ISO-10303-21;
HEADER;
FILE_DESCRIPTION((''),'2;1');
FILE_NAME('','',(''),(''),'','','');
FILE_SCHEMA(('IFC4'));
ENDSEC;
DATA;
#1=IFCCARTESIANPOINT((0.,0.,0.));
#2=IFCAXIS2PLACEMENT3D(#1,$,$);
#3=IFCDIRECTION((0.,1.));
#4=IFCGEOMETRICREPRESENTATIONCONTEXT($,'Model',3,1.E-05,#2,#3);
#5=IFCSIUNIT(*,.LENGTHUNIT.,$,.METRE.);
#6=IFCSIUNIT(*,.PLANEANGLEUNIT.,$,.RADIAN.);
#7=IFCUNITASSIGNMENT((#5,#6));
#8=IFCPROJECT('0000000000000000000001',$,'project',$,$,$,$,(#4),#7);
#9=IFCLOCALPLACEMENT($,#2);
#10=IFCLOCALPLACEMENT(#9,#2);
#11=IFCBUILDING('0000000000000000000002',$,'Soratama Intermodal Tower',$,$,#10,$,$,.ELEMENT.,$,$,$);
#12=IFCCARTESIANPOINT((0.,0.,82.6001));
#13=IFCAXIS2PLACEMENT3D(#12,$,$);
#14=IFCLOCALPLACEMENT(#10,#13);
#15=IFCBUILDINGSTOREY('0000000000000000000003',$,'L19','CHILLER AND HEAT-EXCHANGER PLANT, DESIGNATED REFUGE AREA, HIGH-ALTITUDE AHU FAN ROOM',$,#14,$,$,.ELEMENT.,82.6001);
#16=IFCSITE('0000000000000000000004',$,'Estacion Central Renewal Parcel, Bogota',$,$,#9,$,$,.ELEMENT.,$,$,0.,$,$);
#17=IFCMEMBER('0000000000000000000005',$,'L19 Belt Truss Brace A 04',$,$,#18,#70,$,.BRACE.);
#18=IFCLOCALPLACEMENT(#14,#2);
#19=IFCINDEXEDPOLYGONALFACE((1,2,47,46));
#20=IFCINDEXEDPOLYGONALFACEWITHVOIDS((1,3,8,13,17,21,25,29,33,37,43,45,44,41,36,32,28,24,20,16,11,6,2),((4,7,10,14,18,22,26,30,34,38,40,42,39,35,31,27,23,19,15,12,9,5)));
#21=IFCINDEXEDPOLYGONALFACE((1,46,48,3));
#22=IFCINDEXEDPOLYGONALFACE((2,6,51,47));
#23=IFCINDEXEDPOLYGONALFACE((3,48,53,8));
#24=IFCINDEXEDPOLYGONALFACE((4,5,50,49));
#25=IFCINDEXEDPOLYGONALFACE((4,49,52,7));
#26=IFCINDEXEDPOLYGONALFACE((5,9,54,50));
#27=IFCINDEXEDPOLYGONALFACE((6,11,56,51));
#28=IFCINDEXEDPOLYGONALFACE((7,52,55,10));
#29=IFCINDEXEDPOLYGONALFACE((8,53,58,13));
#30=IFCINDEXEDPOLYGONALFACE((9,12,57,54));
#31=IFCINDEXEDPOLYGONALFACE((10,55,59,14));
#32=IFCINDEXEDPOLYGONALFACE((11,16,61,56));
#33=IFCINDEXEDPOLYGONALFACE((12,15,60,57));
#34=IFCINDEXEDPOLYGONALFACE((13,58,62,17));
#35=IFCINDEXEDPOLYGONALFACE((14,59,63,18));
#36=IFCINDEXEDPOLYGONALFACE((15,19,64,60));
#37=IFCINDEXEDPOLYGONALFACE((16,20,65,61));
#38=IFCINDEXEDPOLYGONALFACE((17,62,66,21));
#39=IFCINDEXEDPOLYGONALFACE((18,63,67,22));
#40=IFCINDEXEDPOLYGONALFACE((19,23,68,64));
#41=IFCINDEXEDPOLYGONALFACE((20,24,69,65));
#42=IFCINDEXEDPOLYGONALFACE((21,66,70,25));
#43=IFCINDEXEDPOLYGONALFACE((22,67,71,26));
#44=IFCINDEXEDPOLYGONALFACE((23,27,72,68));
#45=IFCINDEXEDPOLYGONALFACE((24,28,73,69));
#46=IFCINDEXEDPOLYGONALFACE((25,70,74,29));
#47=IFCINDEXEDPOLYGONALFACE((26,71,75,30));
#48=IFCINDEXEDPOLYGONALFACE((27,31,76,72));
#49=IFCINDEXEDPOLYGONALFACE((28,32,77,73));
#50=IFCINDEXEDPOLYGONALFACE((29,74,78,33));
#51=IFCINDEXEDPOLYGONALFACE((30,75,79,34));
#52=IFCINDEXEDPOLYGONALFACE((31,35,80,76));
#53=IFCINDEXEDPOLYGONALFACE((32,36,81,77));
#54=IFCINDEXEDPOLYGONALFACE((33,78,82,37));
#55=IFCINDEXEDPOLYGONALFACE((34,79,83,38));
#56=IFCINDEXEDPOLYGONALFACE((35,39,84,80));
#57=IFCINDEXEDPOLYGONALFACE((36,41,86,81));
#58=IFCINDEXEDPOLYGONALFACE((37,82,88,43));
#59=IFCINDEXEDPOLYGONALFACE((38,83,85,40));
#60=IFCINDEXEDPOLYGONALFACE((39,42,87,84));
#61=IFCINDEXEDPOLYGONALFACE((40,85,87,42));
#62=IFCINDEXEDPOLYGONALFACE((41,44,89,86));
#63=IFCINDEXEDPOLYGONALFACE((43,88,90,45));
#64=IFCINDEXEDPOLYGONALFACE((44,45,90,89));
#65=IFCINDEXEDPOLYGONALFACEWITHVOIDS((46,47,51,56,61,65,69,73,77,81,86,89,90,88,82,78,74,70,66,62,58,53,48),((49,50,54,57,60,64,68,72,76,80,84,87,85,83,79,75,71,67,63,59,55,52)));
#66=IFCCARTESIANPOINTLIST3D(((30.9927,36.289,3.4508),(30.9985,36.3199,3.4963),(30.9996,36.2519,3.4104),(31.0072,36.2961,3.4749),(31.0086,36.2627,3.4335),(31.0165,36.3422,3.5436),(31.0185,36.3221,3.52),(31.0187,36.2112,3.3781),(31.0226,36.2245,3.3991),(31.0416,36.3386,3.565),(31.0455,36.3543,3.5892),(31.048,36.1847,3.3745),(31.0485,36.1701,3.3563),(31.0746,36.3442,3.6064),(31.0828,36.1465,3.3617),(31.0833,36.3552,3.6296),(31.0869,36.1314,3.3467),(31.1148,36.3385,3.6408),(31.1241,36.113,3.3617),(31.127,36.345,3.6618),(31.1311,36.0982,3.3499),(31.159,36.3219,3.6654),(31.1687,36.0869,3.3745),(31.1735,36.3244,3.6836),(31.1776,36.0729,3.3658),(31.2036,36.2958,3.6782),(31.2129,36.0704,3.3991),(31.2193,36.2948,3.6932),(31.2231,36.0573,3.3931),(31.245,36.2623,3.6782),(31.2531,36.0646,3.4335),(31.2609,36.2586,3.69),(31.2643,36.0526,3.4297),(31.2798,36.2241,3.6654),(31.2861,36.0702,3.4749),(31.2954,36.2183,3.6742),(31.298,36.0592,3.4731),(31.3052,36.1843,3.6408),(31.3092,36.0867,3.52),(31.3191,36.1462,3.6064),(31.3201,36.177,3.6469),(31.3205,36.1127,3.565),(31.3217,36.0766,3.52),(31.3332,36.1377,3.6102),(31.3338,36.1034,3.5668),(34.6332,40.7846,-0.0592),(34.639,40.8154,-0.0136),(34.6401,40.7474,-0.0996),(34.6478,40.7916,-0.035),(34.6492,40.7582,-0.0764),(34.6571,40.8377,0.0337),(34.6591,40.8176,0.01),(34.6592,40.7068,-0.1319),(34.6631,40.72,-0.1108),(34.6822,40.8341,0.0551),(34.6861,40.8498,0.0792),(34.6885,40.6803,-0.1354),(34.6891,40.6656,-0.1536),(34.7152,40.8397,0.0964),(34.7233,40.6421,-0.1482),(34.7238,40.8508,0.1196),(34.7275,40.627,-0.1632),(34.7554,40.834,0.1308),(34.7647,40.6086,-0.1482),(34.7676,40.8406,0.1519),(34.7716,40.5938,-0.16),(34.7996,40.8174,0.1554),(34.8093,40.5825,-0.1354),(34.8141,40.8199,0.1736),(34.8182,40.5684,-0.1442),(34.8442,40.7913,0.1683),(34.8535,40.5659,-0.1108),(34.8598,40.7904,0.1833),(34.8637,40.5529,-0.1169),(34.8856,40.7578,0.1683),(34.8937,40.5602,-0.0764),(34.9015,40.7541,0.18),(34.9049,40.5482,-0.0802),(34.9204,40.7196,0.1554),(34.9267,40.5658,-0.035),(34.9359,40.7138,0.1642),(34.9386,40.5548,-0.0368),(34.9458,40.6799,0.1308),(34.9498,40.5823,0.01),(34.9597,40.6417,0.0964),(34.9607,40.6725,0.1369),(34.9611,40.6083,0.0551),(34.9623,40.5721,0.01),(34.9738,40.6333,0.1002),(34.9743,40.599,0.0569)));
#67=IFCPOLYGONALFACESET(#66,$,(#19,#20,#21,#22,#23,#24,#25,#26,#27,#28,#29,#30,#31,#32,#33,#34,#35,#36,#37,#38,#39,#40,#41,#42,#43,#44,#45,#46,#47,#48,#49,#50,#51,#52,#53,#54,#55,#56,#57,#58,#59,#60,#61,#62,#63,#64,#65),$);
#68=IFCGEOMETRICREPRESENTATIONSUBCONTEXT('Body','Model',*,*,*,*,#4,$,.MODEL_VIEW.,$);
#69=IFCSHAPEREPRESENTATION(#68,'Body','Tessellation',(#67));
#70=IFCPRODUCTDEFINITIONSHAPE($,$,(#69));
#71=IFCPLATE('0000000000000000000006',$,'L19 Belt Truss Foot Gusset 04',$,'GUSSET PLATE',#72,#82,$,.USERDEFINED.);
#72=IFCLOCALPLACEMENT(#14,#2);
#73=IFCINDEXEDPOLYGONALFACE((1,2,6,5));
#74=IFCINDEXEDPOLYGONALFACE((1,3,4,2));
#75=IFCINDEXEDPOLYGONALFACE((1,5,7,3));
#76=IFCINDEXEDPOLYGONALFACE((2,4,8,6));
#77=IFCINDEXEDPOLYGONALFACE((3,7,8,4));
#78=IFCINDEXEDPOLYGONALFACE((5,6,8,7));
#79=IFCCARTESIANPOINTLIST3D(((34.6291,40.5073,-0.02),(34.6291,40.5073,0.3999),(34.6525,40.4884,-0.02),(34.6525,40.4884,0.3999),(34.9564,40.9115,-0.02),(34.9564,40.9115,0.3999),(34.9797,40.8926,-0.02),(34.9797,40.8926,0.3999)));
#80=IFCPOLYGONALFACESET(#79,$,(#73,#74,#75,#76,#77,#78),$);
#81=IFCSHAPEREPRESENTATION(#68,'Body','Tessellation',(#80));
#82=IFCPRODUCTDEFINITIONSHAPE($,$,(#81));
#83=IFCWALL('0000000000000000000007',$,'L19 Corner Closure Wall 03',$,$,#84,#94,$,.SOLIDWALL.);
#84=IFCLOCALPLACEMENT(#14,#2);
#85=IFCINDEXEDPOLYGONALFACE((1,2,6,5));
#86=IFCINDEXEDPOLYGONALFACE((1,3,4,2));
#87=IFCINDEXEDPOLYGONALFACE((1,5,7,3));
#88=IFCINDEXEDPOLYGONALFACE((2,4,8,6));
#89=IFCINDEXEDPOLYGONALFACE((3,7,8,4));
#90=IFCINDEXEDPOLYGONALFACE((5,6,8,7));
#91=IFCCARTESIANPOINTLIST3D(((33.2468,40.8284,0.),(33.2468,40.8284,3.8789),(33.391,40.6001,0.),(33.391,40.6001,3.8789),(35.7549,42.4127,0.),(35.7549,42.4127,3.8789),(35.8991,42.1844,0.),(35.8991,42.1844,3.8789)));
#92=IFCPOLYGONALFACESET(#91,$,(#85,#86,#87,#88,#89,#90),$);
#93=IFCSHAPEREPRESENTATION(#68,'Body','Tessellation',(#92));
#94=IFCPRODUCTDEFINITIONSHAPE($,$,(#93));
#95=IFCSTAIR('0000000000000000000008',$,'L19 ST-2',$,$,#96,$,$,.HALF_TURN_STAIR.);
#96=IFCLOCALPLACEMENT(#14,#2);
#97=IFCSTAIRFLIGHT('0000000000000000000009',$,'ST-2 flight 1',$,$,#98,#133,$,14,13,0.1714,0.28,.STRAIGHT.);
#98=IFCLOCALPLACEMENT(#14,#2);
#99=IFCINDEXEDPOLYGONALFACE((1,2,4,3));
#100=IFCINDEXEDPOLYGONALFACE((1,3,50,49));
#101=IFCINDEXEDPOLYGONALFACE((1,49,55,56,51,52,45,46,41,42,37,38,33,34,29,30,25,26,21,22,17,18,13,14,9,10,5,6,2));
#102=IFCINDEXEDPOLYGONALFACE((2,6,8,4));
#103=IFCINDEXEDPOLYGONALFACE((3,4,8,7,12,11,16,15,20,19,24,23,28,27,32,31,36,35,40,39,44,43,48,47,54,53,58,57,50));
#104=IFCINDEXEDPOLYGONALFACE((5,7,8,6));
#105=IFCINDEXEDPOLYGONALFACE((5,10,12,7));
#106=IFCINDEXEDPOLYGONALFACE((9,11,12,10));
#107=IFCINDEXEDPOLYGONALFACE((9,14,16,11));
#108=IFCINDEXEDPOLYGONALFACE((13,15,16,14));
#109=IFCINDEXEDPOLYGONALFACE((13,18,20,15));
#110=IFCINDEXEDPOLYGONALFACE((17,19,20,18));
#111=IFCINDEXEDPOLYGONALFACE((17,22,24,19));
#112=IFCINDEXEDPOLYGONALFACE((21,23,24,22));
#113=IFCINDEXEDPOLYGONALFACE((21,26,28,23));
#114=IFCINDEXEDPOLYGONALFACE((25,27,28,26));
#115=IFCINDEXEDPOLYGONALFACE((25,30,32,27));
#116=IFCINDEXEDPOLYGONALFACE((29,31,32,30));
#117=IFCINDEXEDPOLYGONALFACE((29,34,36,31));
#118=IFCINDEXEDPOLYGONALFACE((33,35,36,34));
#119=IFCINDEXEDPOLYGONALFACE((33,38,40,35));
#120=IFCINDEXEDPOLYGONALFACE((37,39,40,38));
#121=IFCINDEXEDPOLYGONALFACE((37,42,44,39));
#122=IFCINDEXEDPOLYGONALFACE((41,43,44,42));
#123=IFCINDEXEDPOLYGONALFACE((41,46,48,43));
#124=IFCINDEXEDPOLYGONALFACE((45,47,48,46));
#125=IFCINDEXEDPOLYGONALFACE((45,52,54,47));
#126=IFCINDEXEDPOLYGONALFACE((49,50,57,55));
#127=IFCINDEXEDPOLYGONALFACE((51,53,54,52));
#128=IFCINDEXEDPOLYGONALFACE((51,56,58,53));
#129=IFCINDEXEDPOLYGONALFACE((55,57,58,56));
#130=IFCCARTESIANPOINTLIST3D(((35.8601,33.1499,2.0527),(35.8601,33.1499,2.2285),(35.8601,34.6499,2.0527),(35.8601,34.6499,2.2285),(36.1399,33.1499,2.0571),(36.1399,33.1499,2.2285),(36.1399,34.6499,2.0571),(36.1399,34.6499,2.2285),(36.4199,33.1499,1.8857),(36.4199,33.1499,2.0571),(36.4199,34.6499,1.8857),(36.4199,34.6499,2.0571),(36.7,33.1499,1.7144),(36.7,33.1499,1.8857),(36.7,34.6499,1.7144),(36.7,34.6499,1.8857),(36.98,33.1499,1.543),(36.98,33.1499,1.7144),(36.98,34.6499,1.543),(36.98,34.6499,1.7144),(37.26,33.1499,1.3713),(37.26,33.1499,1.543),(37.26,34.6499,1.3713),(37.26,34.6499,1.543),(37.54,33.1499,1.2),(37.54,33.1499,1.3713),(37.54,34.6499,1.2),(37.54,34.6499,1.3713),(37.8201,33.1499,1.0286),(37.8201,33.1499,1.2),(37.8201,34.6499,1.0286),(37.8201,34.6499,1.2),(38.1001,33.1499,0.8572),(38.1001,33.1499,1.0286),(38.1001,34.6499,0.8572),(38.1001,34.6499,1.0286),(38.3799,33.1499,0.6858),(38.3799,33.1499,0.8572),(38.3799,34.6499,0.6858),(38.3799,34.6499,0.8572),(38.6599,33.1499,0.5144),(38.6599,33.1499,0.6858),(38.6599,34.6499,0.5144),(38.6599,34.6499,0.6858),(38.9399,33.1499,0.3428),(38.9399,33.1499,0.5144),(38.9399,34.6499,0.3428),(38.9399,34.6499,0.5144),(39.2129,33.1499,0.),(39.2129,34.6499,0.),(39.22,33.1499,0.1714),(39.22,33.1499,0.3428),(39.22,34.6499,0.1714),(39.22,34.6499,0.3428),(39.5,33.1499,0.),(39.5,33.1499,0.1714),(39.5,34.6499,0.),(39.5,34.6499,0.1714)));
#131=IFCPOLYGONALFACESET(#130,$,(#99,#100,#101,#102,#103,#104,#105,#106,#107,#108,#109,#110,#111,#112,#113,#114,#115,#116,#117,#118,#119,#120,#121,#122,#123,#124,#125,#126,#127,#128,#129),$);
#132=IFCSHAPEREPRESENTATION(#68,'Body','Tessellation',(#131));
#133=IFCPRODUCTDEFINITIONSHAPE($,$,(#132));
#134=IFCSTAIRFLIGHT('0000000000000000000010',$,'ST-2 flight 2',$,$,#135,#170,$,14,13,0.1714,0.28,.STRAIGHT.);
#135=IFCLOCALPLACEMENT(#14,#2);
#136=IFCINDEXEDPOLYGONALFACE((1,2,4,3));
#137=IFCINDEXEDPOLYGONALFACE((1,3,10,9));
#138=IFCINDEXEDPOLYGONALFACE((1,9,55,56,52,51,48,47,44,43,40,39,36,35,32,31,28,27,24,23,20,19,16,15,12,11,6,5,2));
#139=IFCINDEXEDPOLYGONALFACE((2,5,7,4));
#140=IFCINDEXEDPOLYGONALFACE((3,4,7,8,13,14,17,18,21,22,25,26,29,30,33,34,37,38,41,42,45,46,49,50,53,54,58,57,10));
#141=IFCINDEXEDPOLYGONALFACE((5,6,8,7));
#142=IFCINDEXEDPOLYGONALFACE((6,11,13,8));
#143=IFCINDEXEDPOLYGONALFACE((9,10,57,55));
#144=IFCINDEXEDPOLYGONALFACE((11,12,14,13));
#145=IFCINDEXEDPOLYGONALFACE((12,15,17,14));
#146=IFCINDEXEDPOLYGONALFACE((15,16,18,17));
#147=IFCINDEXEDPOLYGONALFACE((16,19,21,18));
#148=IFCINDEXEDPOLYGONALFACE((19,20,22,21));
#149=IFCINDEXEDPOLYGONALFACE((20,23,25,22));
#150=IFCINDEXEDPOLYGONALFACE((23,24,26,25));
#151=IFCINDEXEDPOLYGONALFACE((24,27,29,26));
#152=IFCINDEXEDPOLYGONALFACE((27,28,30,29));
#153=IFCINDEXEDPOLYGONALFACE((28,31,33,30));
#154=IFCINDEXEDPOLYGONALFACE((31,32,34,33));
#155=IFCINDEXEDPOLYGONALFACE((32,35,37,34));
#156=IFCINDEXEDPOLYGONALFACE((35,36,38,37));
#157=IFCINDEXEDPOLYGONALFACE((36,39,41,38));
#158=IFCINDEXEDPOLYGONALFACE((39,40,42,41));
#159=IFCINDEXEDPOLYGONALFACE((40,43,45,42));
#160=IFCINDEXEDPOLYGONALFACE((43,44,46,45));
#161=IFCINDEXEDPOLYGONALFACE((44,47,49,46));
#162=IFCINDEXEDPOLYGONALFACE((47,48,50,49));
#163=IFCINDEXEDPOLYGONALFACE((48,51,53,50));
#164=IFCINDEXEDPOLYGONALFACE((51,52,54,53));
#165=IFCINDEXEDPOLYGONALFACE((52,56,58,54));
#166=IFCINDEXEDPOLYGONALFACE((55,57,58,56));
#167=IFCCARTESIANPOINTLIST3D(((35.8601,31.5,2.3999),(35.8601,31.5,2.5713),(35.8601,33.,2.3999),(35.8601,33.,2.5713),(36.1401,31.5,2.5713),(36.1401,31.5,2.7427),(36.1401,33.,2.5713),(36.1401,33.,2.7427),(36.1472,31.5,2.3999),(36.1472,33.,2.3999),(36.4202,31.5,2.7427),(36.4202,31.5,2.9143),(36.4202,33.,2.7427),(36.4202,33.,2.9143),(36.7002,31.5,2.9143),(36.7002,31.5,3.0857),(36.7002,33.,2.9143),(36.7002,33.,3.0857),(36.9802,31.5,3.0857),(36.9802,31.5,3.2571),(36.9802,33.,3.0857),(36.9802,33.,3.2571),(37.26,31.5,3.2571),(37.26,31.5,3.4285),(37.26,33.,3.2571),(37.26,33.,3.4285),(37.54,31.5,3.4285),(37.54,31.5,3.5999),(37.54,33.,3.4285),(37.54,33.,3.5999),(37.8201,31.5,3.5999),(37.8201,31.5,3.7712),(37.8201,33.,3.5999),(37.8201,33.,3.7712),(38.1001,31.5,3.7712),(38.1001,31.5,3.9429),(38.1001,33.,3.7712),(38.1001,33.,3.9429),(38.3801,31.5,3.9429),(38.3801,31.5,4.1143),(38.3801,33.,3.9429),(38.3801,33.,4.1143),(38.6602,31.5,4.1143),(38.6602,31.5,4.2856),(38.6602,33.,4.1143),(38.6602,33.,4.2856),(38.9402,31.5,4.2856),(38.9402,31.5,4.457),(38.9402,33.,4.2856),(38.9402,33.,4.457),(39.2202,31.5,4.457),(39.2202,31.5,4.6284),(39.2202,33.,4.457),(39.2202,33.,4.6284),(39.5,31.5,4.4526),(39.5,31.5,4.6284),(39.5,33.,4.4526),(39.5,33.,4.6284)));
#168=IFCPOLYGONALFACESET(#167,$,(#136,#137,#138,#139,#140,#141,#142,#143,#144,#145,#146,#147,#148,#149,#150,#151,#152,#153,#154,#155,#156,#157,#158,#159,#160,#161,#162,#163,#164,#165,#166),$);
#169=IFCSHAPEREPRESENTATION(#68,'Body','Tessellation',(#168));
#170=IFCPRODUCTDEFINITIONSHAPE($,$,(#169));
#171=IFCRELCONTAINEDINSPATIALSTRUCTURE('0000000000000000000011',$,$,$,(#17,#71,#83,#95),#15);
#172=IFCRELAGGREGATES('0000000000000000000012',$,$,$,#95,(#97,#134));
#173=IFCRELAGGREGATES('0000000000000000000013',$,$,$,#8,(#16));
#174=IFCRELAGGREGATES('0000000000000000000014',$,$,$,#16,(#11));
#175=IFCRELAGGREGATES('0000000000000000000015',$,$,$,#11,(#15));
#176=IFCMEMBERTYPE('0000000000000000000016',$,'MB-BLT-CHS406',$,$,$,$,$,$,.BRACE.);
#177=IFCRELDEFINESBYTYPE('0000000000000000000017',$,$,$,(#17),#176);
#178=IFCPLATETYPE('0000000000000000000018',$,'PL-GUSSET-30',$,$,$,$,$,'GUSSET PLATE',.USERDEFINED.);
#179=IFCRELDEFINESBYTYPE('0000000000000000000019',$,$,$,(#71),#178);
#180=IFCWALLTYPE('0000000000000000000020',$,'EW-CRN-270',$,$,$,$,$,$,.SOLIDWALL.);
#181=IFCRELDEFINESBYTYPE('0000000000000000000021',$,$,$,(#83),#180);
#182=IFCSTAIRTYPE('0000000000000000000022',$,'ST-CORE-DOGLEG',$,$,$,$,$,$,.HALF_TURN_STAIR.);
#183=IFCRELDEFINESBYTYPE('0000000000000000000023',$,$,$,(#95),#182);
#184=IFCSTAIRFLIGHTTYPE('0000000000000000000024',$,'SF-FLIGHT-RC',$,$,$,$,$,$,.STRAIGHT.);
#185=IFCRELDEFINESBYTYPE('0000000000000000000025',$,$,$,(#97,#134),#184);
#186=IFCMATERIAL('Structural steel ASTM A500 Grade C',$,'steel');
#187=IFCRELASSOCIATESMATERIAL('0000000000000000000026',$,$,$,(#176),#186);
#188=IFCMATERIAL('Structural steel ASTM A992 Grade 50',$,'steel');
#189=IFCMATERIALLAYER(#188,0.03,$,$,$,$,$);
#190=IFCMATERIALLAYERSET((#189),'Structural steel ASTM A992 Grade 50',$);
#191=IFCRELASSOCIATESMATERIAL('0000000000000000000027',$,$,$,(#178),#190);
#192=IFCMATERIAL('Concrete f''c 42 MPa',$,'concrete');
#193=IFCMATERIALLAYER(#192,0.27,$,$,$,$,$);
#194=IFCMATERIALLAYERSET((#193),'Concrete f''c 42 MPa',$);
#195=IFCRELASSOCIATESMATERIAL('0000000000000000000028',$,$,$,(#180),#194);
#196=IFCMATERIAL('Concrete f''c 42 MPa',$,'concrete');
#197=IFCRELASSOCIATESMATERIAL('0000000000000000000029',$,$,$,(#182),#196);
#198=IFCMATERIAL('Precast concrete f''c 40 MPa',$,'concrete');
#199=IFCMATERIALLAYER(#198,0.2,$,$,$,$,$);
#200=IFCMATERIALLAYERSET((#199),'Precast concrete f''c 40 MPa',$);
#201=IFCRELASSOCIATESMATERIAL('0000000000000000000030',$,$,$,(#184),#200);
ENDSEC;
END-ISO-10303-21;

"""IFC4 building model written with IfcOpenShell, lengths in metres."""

from ifc_helpers import new_model, si_unit, direction, frame, frame_2d, origin, origin_2d, place, context, subcontext, project, spatial, polyline, rectangle, hollow_circle, outline, extrude, material, layer, layer_set, material_profile, profile_set, type_object, element, aggregate, save


model = new_model("IFC4")

# Units and contexts
model_context = context("Model", 3, precision=1e-05, world=origin(), true_north=direction((0.0, 1.0)))
body_context = subcontext(model_context, "Body", "Model", "MODEL_VIEW")
ifc_project = project(units=[si_unit("LENGTHUNIT", "METRE"), si_unit("PLANEANGLEUNIT", "RADIAN")], contexts=[model_context])

# Site, building, storey
site_placement = place(None, origin())
site = spatial("IfcSite", under=ifc_project, at=site_placement, Name="Estacion Central Renewal Parcel, Bogota", CompositionType="ELEMENT", RefElevation=0.0)
building_placement = place(site_placement, origin())
building = spatial("IfcBuilding", under=site, at=building_placement, Name="Soratama Intermodal Tower", CompositionType="ELEMENT")
storey_placement = place(building_placement, frame((0.0, 0.0, 82.6001)))
storey = spatial("IfcBuildingStorey", under=building, at=storey_placement, Name="L19", Description="CHILLER AND HEAT-EXCHANGER PLANT, DESIGNATED REFUGE AREA, HIGH-ALTITUDE AHU FAN ROOM", CompositionType="ELEMENT", Elevation=82.6001)

# Member
ifc_material_1 = material(Name="Structural steel ASTM A500 Grade C", Category="steel")
ifc_material_profile_1 = material_profile(ifc_material_1, hollow_circle(Radius=0.2031, WallThickness=0.0161, at=origin_2d()), Name="CHS406X16")
ifc_profile_set_1 = profile_set([ifc_material_profile_1], Name="Structural steel ASTM A500 Grade C")
member_type = type_object("IfcMemberType", Name="MB-BLT-CHS406", PredefinedType="BRACE", material=ifc_profile_set_1)
for number, where, z_axis, x_axis, name in (
    (1, (34.8044, 40.7, 0.01), (-0.538041, -0.664397, 0.518738), (0.777133, -0.629337, 0.0), "L19 Belt Truss Brace A 04"),
):
    element("IfcMember", number, at=place(storey_placement, frame(where, z_axis=z_axis, x_axis=x_axis)), inside=storey, type_object=member_type, Name=name, PredefinedType="BRACE", context=body_context, shape_type="SweptSolid", body=[
        extrude(hollow_circle(Radius=0.2031, WallThickness=0.0161, at=origin_2d()), origin(), (0.0, 0.0, 1.0), 6.7664),
    ])

# Plate
ifc_material_2 = material(Name="Structural steel ASTM A992 Grade 50", Category="steel")
ifc_layer_1 = layer(ifc_material_2, 0.03)
ifc_layer_set_1 = layer_set([ifc_layer_1], Name="Structural steel ASTM A992 Grade 50")
plate_type = type_object("IfcPlateType", Name="PL-GUSSET-30", ElementType="GUSSET PLATE", PredefinedType="USERDEFINED", material=ifc_layer_set_1)
plate_placement = place(storey_placement, frame((34.8044, 40.7, -0.02), z_axis=(0.0, 0.0, 1.0), x_axis=(-0.62932, -0.777146, 0.0)))
element("IfcPlate", 2, at=plate_placement, inside=storey, type_object=plate_type, Name="L19 Belt Truss Foot Gusset 04", ObjectType="GUSSET PLATE", PredefinedType="USERDEFINED", context=body_context, shape_type="SweptSolid", body=[
    extrude(rectangle(XDim=0.52, YDim=0.03, at=origin_2d()), origin(), (0.0, 0.0, 1.0), 0.4199),
])

# Wall
ifc_material_3 = material(Name="Concrete f'c 42 MPa", Category="concrete")
ifc_layer_2 = layer(ifc_material_3, 0.27)
ifc_layer_set_2 = layer_set([ifc_layer_2], Name="Concrete f'c 42 MPa")
wall_type = type_object("IfcWallType", Name="EW-CRN-270", PredefinedType="SOLIDWALL", material=ifc_layer_set_2)
wall_placement = place(storey_placement, frame((35.8271, 42.2986, 0.0), z_axis=(0.0, 0.0, 1.0), x_axis=(-0.84546, -0.534039, 0.0)))
element("IfcWall", 3, at=wall_placement, inside=storey, type_object=wall_type, Name="L19 Corner Closure Wall 03", PredefinedType="SOLIDWALL", context=body_context, shape_type="SweptSolid", body=[
    extrude(rectangle(XDim=2.9666, YDim=0.27, at=frame_2d((1.4834, 0.0))), origin(), (0.0, 0.0, 1.0), 3.8789),
])

# Stair, stair flights
ifc_material_4 = material(Name="Concrete f'c 42 MPa", Category="concrete")
stair_type = type_object("IfcStairType", Name="ST-CORE-DOGLEG", PredefinedType="HALF_TURN_STAIR", material=ifc_material_4)
stair_placement = place(storey_placement, origin())
stair = element("IfcStair", 4, at=stair_placement, inside=storey, type_object=stair_type, Name="L19 ST-2", PredefinedType="HALF_TURN_STAIR")
ifc_material_5 = material(Name="Precast concrete f'c 40 MPa", Category="concrete")
ifc_layer_3 = layer(ifc_material_5, 0.2)
ifc_layer_set_3 = layer_set([ifc_layer_3], Name="Precast concrete f'c 40 MPa")
stair_flight_type = type_object("IfcStairFlightType", Name="SF-FLIGHT-RC", PredefinedType="STRAIGHT", material=ifc_layer_set_3)
stair_flight_1_placement = place(storey_placement, frame((39.5, 33.8999, 0.0), z_axis=(0.0, 0.0, 1.0), x_axis=(-1.0, 0.0, 0.0)))
stair_flight_1 = element("IfcStairFlight", 5, at=stair_flight_1_placement, type_object=stair_flight_type, Name="ST-2 flight 1", NumberOfRisers=14, NumberOfTreads=13, PredefinedType="STRAIGHT", RiserHeight=0.1714, TreadLength=0.28, context=body_context, shape_type="SweptSolid", body=[
    extrude(outline(polyline([(0.0, 0.0), (0.0, 0.1714), (0.28, 0.1714), (0.28, 0.3428), (0.5601, 0.3428), (0.5601, 0.5144), (0.8401, 0.5144), (0.8401, 0.6858), (1.1201, 0.6858), (1.1201, 0.8572), (1.3999, 0.8572), (1.3999, 1.0286), (1.6799, 1.0286), (1.6799, 1.2), (1.96, 1.2), (1.96, 1.3713), (2.24, 1.3713), (2.24, 1.543), (2.52, 1.543), (2.52, 1.7144), (2.8, 1.7144), (2.8, 1.8857), (3.0801, 1.8857), (3.0801, 2.0571), (3.3601, 2.0571), (3.3601, 2.2285), (3.6399, 2.2285), (3.6399, 2.3999), (3.6399, 2.0527), (0.2871, 0.0), (0.0, 0.0)])), frame((0.0, 0.75, 0.0), z_axis=(0.0, -1.0, 0.0), x_axis=(1.0, 0.0, 0.0)), (0.0, 0.0, 1.0), 1.5),
])
stair_flight_2_placement = place(storey_placement, frame((35.8601, 32.25, 2.3999), z_axis=(0.0, 0.0, 1.0), x_axis=(1.0, 0.0, 0.0)))
stair_flight_2 = element("IfcStairFlight", 6, at=stair_flight_2_placement, type_object=stair_flight_type, Name="ST-2 flight 2", NumberOfRisers=14, NumberOfTreads=13, PredefinedType="STRAIGHT", RiserHeight=0.1714, TreadLength=0.28, context=body_context, shape_type="SweptSolid", body=[
    extrude(outline(polyline([(0.0, 0.0), (0.0, 0.1714), (0.28, 0.1714), (0.28, 0.3428), (0.5601, 0.3428), (0.5601, 0.5144), (0.8401, 0.5144), (0.8401, 0.6858), (1.1201, 0.6858), (1.1201, 0.8572), (1.3999, 0.8572), (1.3999, 1.0286), (1.6799, 1.0286), (1.6799, 1.2), (1.96, 1.2), (1.96, 1.3713), (2.24, 1.3713), (2.24, 1.543), (2.52, 1.543), (2.52, 1.7144), (2.8, 1.7144), (2.8, 1.8857), (3.0801, 1.8857), (3.0801, 2.0571), (3.3601, 2.0571), (3.3601, 2.2285), (3.6399, 2.2285), (3.6399, 2.3999), (3.6399, 2.0527), (0.2871, 0.0), (0.0, 0.0)])), frame((0.0, 0.75, 0.0), z_axis=(0.0, -1.0, 0.0), x_axis=(1.0, 0.0, 0.0)), (0.0, 0.0, 1.0), 1.5),
])
aggregate(stair, [stair_flight_1, stair_flight_2])

save(model, "model.ifc")
